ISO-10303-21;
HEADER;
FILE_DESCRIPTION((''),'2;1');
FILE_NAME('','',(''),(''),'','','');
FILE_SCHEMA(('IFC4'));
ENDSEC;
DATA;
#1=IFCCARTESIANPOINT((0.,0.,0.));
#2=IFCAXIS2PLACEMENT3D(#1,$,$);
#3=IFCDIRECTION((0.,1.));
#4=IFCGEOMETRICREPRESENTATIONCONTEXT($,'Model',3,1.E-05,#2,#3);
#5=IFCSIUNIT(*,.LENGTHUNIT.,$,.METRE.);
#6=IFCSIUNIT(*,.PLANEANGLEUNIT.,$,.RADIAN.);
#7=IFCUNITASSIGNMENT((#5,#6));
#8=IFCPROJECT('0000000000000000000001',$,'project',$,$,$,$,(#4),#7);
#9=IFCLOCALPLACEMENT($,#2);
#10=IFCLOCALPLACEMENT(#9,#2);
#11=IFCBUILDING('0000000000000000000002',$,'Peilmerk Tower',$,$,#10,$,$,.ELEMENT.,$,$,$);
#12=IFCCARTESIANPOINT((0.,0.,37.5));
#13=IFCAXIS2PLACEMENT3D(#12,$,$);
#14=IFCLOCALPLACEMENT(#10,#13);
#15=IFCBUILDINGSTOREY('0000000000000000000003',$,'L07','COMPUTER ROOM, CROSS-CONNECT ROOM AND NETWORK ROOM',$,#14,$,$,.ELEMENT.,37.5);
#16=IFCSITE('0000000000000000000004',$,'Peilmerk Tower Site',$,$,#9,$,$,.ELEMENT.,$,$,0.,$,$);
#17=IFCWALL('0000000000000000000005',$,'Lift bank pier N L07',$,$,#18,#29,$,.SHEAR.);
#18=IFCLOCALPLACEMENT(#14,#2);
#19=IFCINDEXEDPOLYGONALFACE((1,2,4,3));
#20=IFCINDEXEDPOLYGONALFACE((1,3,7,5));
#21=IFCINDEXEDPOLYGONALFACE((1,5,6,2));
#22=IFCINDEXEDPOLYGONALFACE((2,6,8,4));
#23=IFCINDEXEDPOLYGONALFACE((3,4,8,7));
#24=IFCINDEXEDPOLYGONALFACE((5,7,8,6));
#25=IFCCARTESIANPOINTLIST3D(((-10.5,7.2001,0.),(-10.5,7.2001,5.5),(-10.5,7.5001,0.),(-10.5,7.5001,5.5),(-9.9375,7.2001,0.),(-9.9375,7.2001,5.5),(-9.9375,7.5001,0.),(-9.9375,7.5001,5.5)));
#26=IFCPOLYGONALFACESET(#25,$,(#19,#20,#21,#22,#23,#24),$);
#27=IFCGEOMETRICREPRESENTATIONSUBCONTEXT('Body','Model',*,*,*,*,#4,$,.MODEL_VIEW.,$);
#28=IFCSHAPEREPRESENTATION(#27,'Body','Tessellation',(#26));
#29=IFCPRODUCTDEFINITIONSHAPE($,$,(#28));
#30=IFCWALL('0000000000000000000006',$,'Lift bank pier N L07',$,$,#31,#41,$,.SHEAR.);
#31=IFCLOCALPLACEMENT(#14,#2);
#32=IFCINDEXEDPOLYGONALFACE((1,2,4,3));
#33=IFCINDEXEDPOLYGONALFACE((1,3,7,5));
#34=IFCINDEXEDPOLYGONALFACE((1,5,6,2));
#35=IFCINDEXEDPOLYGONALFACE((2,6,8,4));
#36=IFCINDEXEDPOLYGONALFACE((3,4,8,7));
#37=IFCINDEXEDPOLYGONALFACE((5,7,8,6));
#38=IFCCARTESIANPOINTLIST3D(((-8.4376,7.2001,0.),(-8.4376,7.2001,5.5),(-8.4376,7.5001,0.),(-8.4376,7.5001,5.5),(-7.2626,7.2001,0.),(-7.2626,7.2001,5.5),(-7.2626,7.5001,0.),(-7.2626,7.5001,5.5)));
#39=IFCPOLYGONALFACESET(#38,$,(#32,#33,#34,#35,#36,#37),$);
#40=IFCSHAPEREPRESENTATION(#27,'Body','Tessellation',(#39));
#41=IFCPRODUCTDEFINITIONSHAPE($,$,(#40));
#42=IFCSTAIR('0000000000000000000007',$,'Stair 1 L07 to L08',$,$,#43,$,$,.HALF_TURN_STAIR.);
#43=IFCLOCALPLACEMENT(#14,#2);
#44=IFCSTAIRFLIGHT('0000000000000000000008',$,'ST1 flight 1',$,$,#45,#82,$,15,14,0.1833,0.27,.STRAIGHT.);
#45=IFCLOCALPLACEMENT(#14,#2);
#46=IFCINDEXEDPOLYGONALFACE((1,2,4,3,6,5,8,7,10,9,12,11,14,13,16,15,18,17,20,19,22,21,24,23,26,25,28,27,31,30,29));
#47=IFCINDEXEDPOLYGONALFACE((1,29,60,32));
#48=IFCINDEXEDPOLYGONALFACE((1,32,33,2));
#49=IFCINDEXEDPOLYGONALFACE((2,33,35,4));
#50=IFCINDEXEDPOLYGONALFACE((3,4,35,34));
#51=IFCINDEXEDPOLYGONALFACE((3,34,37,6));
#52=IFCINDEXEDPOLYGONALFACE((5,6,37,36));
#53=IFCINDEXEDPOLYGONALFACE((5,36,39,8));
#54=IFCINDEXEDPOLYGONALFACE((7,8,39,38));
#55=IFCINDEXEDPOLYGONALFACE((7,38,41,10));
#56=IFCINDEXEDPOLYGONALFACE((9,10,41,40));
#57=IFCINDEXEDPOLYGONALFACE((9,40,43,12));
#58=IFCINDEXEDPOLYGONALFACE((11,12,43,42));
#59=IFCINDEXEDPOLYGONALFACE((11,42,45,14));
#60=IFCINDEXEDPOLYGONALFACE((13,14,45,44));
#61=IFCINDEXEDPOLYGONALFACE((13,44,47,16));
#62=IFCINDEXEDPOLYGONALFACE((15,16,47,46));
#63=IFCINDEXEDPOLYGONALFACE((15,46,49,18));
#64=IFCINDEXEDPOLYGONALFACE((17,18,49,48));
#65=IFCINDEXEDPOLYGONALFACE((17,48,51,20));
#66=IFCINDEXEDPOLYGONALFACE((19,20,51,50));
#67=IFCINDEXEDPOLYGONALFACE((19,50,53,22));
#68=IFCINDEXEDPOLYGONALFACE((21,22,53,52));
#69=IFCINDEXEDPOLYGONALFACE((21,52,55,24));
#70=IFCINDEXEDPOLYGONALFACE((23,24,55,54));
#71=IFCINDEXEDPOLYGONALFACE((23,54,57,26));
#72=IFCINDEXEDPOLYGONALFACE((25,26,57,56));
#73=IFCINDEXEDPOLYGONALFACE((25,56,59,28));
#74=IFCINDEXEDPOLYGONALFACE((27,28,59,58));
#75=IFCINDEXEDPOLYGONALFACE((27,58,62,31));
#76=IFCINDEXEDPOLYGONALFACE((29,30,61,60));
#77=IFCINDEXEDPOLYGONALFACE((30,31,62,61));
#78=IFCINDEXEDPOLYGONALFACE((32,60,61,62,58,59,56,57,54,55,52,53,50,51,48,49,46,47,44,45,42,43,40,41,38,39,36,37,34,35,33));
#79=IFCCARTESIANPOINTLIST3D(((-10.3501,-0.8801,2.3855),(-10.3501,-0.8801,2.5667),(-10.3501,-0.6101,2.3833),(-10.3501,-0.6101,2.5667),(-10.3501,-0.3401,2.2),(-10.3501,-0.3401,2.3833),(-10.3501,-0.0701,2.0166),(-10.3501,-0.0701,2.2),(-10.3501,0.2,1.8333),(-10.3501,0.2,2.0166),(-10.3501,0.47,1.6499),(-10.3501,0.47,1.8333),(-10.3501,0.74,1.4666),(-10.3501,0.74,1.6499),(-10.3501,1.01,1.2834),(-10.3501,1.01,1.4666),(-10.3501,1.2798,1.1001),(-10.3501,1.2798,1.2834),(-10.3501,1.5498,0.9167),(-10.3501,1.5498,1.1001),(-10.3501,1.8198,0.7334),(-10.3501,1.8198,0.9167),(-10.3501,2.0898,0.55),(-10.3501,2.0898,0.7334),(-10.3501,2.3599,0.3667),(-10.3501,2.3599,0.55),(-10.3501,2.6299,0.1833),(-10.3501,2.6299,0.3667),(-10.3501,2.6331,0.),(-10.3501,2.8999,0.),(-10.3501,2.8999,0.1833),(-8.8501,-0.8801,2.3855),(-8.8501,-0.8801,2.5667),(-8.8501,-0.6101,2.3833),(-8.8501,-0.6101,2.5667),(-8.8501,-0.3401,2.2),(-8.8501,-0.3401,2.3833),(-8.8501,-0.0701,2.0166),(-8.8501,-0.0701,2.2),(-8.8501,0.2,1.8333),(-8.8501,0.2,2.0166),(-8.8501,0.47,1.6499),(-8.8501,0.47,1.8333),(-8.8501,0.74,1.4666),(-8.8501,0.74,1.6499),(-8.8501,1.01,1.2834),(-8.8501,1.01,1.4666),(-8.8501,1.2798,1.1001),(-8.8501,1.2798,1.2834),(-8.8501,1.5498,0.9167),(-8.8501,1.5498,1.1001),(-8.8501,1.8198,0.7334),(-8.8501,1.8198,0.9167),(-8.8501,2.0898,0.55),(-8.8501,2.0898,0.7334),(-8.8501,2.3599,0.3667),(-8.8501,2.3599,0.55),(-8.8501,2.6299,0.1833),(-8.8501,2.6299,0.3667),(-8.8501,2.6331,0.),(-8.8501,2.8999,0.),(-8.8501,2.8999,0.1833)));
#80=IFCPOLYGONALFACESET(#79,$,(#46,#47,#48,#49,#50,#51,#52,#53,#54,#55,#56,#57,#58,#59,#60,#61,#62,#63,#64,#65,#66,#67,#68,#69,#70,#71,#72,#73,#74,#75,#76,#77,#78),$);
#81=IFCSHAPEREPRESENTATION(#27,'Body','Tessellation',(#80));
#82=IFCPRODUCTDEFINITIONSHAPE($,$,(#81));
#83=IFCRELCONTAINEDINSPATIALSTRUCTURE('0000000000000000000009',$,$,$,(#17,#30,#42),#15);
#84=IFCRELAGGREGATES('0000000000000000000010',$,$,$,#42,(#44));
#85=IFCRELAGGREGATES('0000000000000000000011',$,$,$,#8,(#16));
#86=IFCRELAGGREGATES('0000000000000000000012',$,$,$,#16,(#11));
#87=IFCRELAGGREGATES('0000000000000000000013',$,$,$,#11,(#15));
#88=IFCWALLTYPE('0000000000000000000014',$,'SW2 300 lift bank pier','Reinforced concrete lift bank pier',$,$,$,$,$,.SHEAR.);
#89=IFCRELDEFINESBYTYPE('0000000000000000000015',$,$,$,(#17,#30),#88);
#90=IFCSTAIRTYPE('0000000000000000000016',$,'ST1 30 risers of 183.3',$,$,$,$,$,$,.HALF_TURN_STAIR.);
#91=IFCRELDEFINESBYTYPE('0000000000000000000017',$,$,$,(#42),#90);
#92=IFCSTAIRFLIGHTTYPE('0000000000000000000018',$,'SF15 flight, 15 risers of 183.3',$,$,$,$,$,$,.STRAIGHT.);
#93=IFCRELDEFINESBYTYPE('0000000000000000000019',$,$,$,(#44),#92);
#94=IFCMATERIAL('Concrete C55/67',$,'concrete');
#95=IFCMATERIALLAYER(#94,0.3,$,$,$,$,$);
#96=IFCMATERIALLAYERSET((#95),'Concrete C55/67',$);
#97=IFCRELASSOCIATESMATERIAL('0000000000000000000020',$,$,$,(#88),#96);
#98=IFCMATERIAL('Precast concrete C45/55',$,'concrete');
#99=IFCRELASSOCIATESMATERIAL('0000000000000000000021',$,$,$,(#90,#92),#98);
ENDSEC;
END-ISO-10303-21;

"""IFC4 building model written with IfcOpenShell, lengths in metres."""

from ifc_helpers import new_model, si_unit, direction, frame, frame_2d, origin, place, context, subcontext, project, spatial, polyline, rectangle, outline, extrude, material, layer, layer_set, type_object, element, aggregate, save


model = new_model("IFC4")

# Units and contexts
model_context = context("Model", 3, precision=1e-05, world=origin(), true_north=direction((0.0, 1.0)))
body_context = subcontext(model_context, "Body", "Model", "MODEL_VIEW")
ifc_project = project(units=[si_unit("LENGTHUNIT", "METRE"), si_unit("PLANEANGLEUNIT", "RADIAN")], contexts=[model_context])

# Site, building, storey
site_placement = place(None, origin())
site = spatial("IfcSite", under=ifc_project, at=site_placement, Name="Peilmerk Tower Site", CompositionType="ELEMENT", RefElevation=0.0)
building_placement = place(site_placement, origin())
building = spatial("IfcBuilding", under=site, at=building_placement, Name="Peilmerk Tower", CompositionType="ELEMENT")
storey_placement = place(building_placement, frame((0.0, 0.0, 37.5)))
storey = spatial("IfcBuildingStorey", under=building, at=storey_placement, Name="L07", Description="COMPUTER ROOM, CROSS-CONNECT ROOM AND NETWORK ROOM", CompositionType="ELEMENT", Elevation=37.5)

# Walls
ifc_material_1 = material(Name="Concrete C55/67", Category="concrete")
ifc_layer_1 = layer(ifc_material_1, 0.3)
ifc_layer_set_1 = layer_set([ifc_layer_1], Name="Concrete C55/67")
wall_type_1 = type_object("IfcWallType", Name="SW2 300 lift bank pier", Description="Reinforced concrete lift bank pier", PredefinedType="SHEAR", material=ifc_layer_set_1)
wall_1_placement = place(storey_placement, frame((-10.5, 7.3501, 0.0), z_axis=(0.0, 0.0, 1.0), x_axis=(1.0, 0.0, 0.0)))
element("IfcWall", 1, at=wall_1_placement, inside=storey, type_object=wall_type_1, Name="Lift bank pier N L07", PredefinedType="SHEAR", context=body_context, shape_type="SweptSolid", body=[
    extrude(rectangle(XDim=0.5625, YDim=0.3, at=frame_2d((0.2812, 0.0))), origin(), (0.0, 0.0, 1.0), 5.5),
])
wall_2_placement = place(storey_placement, frame((-8.4375, 7.3501, 0.0), z_axis=(0.0, 0.0, 1.0), x_axis=(1.0, 0.0, 0.0)))
element("IfcWall", 2, at=wall_2_placement, inside=storey, type_object=wall_type_1, Name="Lift bank pier N L07", PredefinedType="SHEAR", context=body_context, shape_type="SweptSolid", body=[
    extrude(rectangle(XDim=1.175, YDim=0.3, at=frame_2d((0.5874, 0.0))), origin(), (0.0, 0.0, 1.0), 5.5),
])

# Stair, stair flight
ifc_material_2 = material(Name="Precast concrete C45/55", Category="concrete")
stair_type = type_object("IfcStairType", Name="ST1 30 risers of 183.3", PredefinedType="HALF_TURN_STAIR", material=ifc_material_2)
stair_placement = place(storey_placement, origin())
stair = element("IfcStair", 3, at=stair_placement, inside=storey, type_object=stair_type, Name="Stair 1 L07 to L08", PredefinedType="HALF_TURN_STAIR")
stair_flight_type = type_object("IfcStairFlightType", Name="SF15 flight, 15 risers of 183.3", PredefinedType="STRAIGHT", material=ifc_material_2)
stair_flight_placement = place(storey_placement, frame((-9.6001, 2.8999, 0.0), z_axis=(0.0, 0.0, 1.0), x_axis=(0.0, -1.0, 0.0)))
stair_flight = element("IfcStairFlight", 4, at=stair_flight_placement, type_object=stair_flight_type, Name="ST1 flight 1", NumberOfRisers=15, NumberOfTreads=14, PredefinedType="STRAIGHT", RiserHeight=0.1833, TreadLength=0.27, context=body_context, shape_type="SweptSolid", body=[
    extrude(outline(polyline([(0.0, 0.0), (0.0, 0.1833), (0.27, 0.1833), (0.27, 0.3667), (0.54, 0.3667), (0.54, 0.55), (0.8101, 0.55), (0.8101, 0.7334), (1.0801, 0.7334), (1.0801, 0.9167), (1.3501, 0.9167), (1.3501, 1.1001), (1.6201, 1.1001), (1.6201, 1.2834), (1.8899, 1.2834), (1.8899, 1.4666), (2.1599, 1.4666), (2.1599, 1.6499), (2.4299, 1.6499), (2.4299, 1.8333), (2.7, 1.8333), (2.7, 2.0166), (2.97, 2.0166), (2.97, 2.2), (3.24, 2.2), (3.24, 2.3833), (3.51, 2.3833), (3.51, 2.5667), (3.78, 2.5667), (3.78, 2.75), (3.78, 2.3855), (0.2668, 0.0), (0.0, 0.0)])), frame((0.0, 0.75, 0.0), z_axis=(0.0, -1.0, 0.0), x_axis=(1.0, 0.0, 0.0)), (0.0, 0.0, 1.0), 1.5),
])
aggregate(stair, [stair_flight])

save(model, "model.ifc")
